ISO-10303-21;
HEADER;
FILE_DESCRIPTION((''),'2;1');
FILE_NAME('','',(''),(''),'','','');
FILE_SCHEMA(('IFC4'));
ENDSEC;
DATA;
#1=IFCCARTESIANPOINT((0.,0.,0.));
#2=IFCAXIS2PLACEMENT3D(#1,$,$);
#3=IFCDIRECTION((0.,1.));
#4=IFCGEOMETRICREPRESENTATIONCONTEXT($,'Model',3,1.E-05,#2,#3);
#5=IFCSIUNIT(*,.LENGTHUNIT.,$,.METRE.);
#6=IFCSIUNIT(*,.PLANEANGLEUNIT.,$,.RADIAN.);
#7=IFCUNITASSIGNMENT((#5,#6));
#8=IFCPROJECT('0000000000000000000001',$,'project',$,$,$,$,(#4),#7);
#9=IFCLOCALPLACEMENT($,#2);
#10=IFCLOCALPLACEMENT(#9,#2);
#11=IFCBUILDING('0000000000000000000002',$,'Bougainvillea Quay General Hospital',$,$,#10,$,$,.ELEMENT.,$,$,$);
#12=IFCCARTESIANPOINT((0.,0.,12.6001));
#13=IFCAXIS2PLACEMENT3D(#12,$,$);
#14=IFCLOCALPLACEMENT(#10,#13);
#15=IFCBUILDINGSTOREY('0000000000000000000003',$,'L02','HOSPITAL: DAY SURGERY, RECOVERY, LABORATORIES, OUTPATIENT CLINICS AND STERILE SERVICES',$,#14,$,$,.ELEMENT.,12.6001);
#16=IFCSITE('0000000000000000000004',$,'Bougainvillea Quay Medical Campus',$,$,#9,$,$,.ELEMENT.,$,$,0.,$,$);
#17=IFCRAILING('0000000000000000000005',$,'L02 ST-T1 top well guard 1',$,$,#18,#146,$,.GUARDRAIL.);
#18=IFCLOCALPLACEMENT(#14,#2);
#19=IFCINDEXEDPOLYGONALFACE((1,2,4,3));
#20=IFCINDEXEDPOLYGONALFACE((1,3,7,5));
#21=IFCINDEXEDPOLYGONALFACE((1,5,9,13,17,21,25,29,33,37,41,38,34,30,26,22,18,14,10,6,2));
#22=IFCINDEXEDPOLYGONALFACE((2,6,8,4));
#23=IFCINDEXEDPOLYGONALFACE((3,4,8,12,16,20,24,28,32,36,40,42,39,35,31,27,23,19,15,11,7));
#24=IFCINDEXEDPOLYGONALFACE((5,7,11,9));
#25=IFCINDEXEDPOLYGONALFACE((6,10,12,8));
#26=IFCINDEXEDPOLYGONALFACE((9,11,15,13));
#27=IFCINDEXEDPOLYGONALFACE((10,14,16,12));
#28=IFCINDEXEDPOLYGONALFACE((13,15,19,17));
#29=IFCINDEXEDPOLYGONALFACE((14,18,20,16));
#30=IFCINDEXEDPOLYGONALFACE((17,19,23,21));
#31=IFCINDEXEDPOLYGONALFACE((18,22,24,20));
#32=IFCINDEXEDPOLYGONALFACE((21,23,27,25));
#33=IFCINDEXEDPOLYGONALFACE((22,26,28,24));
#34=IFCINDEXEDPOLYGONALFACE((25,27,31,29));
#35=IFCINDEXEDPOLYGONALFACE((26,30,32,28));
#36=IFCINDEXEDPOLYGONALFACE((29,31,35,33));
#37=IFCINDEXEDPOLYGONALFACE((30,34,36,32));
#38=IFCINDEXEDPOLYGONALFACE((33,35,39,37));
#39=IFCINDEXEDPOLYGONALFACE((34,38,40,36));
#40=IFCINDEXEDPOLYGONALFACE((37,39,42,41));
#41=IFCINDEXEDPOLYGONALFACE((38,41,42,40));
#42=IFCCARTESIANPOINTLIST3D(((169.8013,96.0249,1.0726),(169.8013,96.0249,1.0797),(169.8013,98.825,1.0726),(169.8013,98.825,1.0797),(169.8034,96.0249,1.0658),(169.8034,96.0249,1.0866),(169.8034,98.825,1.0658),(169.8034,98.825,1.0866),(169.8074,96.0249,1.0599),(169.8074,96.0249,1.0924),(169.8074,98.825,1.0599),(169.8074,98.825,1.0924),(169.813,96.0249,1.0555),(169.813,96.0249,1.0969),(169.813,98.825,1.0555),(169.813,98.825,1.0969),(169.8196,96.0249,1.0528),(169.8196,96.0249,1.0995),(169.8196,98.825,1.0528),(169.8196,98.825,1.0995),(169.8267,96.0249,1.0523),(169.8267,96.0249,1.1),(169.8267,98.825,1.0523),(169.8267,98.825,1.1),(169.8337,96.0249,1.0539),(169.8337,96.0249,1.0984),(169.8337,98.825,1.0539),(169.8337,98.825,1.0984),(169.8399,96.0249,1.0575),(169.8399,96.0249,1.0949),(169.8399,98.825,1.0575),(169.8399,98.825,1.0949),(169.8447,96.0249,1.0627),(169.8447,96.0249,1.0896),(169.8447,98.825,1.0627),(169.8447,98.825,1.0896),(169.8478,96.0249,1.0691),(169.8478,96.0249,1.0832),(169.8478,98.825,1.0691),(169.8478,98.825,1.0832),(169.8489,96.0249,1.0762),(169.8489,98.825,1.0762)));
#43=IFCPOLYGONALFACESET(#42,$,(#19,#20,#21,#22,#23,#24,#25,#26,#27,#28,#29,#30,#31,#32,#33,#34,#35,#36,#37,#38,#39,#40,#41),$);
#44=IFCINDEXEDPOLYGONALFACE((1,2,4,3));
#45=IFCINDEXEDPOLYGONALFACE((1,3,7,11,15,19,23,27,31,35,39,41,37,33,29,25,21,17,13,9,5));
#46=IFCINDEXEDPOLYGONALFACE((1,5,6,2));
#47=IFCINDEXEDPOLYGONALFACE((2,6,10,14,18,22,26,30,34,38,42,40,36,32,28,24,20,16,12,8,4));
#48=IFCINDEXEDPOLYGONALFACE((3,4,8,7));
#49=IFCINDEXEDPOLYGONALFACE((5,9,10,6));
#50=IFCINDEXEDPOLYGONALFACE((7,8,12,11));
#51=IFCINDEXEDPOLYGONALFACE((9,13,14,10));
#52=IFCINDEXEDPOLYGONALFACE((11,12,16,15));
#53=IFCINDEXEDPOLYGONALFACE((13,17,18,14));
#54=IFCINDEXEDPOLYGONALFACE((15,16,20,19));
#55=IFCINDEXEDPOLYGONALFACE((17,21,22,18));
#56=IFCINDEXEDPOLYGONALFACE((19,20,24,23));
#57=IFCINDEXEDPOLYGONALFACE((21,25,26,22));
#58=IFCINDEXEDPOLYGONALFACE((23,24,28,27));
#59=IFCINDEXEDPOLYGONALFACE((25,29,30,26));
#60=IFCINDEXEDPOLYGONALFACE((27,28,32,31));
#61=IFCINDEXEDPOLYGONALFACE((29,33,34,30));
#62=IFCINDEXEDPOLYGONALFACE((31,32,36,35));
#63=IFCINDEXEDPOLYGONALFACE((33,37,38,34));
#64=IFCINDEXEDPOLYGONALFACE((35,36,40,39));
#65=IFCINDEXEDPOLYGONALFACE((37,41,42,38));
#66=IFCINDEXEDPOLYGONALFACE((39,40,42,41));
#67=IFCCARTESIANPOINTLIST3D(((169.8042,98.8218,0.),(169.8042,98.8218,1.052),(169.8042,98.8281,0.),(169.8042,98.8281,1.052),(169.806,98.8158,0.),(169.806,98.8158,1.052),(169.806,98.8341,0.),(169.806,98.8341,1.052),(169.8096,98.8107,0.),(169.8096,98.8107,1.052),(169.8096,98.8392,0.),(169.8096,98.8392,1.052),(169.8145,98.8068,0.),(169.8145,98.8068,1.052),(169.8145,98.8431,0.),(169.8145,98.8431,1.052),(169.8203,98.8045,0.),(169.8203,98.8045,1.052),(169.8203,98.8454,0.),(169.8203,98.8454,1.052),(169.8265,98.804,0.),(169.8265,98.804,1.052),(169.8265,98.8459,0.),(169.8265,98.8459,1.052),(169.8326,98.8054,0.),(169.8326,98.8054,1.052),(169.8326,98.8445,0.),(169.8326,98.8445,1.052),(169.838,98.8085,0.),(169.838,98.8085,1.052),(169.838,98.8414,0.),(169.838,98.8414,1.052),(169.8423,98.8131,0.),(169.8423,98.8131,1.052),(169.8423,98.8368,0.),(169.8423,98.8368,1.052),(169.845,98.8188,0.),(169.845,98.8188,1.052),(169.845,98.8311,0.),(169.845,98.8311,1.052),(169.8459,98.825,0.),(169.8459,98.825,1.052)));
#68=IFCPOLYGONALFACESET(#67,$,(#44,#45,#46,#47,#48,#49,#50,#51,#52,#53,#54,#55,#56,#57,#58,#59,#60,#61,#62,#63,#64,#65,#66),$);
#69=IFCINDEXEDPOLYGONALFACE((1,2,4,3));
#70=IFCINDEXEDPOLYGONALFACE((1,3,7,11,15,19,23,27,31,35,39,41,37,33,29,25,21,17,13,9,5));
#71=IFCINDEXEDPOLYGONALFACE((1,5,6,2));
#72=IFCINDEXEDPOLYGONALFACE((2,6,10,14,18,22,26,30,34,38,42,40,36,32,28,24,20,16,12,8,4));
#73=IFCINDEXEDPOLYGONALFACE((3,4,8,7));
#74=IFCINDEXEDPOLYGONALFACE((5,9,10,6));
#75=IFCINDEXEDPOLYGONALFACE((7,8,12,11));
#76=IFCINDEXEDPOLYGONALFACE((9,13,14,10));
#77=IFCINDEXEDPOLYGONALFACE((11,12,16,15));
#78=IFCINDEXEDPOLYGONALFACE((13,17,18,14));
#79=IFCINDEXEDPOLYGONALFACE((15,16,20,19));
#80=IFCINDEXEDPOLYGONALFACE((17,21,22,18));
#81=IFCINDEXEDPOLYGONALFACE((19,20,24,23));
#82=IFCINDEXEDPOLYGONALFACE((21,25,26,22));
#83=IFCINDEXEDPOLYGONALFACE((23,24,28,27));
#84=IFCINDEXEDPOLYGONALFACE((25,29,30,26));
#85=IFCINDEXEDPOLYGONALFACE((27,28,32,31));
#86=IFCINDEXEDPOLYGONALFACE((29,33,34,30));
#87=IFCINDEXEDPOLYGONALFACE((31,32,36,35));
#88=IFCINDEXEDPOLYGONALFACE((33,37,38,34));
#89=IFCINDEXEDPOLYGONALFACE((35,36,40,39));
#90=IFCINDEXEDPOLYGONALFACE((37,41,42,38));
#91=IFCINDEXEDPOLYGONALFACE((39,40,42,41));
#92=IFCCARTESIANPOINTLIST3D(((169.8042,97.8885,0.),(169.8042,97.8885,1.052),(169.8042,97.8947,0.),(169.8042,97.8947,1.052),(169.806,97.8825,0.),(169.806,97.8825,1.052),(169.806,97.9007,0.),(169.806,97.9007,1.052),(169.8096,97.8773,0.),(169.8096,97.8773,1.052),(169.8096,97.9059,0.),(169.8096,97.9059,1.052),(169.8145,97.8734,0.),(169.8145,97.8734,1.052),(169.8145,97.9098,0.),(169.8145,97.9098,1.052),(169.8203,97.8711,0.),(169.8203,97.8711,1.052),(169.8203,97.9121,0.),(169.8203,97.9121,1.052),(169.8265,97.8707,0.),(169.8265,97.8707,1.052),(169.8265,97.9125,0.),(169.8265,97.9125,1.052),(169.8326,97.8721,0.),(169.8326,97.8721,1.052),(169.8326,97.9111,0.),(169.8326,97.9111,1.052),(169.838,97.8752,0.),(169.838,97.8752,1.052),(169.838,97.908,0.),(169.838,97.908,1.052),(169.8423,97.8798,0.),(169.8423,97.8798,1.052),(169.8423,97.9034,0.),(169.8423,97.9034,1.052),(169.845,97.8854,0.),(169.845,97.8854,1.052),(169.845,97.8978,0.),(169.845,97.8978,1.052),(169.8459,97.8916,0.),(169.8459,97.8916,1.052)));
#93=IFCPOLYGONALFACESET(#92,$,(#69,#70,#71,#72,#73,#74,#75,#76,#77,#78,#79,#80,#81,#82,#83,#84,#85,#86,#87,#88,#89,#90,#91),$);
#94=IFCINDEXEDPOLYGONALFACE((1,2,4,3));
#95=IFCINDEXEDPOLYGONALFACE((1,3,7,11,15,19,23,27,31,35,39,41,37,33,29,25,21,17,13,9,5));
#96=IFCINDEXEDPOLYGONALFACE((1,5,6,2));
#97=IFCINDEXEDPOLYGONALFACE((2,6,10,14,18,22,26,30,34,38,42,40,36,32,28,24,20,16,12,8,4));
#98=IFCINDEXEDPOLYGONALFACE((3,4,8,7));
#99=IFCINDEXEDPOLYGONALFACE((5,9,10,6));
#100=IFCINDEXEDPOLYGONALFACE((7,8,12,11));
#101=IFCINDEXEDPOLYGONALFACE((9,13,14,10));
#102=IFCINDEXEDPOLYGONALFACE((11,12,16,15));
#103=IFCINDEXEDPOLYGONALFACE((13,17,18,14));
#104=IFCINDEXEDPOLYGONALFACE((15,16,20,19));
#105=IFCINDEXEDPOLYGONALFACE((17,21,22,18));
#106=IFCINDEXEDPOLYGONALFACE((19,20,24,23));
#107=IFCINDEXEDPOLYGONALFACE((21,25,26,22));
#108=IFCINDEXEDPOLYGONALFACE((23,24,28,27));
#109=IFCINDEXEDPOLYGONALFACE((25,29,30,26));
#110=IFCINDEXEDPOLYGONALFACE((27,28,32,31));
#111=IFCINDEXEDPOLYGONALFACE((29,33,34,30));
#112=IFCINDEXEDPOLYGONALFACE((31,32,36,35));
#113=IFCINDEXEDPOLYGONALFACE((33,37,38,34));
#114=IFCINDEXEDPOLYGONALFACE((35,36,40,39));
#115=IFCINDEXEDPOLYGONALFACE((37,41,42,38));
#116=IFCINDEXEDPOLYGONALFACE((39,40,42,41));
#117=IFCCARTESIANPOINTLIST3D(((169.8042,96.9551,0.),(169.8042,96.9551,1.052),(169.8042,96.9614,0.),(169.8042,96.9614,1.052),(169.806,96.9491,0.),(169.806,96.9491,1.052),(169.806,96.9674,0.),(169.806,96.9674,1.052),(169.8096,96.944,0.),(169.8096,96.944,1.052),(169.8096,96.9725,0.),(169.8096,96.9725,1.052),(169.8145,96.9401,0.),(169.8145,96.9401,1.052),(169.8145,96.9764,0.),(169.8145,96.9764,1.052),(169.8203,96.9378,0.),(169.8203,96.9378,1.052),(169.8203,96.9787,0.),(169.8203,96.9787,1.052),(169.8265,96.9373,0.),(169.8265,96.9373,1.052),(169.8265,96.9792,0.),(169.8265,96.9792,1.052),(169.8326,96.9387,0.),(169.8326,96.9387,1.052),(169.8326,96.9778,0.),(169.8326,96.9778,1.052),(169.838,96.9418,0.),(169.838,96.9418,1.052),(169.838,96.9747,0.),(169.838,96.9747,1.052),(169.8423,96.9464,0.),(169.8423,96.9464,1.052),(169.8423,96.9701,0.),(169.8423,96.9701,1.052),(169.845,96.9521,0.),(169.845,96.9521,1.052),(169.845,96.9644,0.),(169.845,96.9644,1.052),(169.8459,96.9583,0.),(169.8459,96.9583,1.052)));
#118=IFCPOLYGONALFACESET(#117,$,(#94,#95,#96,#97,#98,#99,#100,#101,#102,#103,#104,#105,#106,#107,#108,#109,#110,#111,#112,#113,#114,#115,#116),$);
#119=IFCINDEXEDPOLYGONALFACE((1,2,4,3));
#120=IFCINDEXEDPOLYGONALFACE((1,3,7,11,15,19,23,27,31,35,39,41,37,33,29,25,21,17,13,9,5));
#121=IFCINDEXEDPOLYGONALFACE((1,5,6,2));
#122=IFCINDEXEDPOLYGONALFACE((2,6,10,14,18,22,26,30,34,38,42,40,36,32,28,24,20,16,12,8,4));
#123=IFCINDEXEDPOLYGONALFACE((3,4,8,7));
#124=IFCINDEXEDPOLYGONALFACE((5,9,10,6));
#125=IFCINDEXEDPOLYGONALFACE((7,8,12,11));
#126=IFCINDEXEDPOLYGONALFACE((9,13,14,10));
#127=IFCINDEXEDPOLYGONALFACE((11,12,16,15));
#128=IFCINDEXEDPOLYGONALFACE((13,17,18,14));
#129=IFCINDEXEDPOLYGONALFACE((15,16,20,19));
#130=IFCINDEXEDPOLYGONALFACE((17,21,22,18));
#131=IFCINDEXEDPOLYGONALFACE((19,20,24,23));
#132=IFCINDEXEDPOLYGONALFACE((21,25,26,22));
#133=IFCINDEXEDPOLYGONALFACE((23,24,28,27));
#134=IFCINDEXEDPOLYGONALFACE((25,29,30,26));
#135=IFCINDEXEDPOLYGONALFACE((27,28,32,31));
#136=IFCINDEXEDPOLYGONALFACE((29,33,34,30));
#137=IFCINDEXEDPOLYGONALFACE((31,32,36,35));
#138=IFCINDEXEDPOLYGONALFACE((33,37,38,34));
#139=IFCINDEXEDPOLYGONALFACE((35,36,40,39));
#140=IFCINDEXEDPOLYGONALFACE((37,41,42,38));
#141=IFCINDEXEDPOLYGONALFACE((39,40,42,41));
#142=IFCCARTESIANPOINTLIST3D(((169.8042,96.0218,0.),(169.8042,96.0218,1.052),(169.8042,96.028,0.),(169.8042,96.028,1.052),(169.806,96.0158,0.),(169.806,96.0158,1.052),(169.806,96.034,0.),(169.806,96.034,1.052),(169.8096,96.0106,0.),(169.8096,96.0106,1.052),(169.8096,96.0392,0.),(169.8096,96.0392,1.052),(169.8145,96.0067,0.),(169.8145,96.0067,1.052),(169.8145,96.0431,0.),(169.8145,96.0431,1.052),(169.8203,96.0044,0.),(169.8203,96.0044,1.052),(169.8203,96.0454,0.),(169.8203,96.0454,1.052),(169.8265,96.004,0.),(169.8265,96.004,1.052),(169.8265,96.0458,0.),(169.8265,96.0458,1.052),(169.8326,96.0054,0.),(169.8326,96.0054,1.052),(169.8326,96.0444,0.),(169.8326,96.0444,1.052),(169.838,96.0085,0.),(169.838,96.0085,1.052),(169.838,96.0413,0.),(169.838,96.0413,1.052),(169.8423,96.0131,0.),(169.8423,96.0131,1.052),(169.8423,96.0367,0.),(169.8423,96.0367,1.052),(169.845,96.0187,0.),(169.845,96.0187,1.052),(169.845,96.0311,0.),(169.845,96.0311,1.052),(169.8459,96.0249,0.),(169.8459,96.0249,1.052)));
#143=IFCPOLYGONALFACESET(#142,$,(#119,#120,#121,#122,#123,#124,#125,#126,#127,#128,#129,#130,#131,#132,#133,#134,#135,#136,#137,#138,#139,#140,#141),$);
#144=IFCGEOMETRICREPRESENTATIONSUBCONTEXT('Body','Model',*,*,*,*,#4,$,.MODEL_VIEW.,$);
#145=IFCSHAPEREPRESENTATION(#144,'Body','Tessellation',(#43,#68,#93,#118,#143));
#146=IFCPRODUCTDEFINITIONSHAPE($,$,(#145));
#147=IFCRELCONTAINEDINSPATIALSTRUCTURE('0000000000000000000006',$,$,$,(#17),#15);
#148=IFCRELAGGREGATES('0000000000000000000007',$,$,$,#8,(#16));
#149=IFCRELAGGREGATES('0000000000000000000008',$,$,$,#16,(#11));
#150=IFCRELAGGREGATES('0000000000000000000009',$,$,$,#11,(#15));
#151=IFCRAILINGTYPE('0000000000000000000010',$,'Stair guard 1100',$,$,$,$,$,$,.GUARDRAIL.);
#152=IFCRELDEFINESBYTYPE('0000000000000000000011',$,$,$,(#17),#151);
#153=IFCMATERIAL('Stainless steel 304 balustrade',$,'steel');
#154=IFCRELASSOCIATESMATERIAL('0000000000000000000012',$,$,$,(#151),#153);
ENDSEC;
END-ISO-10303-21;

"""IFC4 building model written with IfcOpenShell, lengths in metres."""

from ifc_helpers import new_model, si_unit, direction, frame, origin, origin_2d, place, context, subcontext, project, spatial, circle, extrude, material, type_object, element, save


model = new_model("IFC4")

# Units and contexts
model_context = context("Model", 3, precision=1e-05, world=origin(), true_north=direction((0.0, 1.0)))
body_context = subcontext(model_context, "Body", "Model", "MODEL_VIEW")
ifc_project = project(units=[si_unit("LENGTHUNIT", "METRE"), si_unit("PLANEANGLEUNIT", "RADIAN")], contexts=[model_context])

# Site, building, storey
site_placement = place(None, origin())
site = spatial("IfcSite", under=ifc_project, at=site_placement, Name="Bougainvillea Quay Medical Campus", CompositionType="ELEMENT", RefElevation=0.0)
building_placement = place(site_placement, origin())
building = spatial("IfcBuilding", under=site, at=building_placement, Name="Bougainvillea Quay General Hospital", CompositionType="ELEMENT")
storey_placement = place(building_placement, frame((0.0, 0.0, 12.6001)))
storey = spatial("IfcBuildingStorey", under=building, at=storey_placement, Name="L02", Description="HOSPITAL: DAY SURGERY, RECOVERY, LABORATORIES, OUTPATIENT CLINICS AND STERILE SERVICES", CompositionType="ELEMENT", Elevation=12.6001)

# Railing
ifc_material_1 = material(Name="Stainless steel 304 balustrade", Category="steel")
railing_type = type_object("IfcRailingType", Name="Stair guard 1100", PredefinedType="GUARDRAIL", material=ifc_material_1)
railing_placement = place(storey_placement, frame((169.825, 98.825, 0.0)))
element("IfcRailing", 1, at=railing_placement, inside=storey, type_object=railing_type, Name="L02 ST-T1 top well guard 1", PredefinedType="GUARDRAIL", context=body_context, shape_type="SweptSolid", body=[
    extrude(circle(Radius=0.0239, at=origin_2d()), frame((0.0, 0.0, 1.0762), z_axis=(0.0, -1.0, 0.0), x_axis=(1.0, 0.0, 0.0)), (0.0, 0.0, 1.0), 2.8),
    extrude(circle(Radius=0.021, at=origin_2d()), origin(), (0.0, 0.0, 1.0), 1.052),
    extrude(circle(Radius=0.021, at=origin_2d()), frame((0.0, -0.9333, 0.0)), (0.0, 0.0, 1.0), 1.052),
    extrude(circle(Radius=0.021, at=origin_2d()), frame((0.0, -1.8667, 0.0)), (0.0, 0.0, 1.0), 1.052),
    extrude(circle(Radius=0.021, at=origin_2d()), frame((0.0, -2.8, 0.0)), (0.0, 0.0, 1.0), 1.052),
])

save(model, "model.ifc")
